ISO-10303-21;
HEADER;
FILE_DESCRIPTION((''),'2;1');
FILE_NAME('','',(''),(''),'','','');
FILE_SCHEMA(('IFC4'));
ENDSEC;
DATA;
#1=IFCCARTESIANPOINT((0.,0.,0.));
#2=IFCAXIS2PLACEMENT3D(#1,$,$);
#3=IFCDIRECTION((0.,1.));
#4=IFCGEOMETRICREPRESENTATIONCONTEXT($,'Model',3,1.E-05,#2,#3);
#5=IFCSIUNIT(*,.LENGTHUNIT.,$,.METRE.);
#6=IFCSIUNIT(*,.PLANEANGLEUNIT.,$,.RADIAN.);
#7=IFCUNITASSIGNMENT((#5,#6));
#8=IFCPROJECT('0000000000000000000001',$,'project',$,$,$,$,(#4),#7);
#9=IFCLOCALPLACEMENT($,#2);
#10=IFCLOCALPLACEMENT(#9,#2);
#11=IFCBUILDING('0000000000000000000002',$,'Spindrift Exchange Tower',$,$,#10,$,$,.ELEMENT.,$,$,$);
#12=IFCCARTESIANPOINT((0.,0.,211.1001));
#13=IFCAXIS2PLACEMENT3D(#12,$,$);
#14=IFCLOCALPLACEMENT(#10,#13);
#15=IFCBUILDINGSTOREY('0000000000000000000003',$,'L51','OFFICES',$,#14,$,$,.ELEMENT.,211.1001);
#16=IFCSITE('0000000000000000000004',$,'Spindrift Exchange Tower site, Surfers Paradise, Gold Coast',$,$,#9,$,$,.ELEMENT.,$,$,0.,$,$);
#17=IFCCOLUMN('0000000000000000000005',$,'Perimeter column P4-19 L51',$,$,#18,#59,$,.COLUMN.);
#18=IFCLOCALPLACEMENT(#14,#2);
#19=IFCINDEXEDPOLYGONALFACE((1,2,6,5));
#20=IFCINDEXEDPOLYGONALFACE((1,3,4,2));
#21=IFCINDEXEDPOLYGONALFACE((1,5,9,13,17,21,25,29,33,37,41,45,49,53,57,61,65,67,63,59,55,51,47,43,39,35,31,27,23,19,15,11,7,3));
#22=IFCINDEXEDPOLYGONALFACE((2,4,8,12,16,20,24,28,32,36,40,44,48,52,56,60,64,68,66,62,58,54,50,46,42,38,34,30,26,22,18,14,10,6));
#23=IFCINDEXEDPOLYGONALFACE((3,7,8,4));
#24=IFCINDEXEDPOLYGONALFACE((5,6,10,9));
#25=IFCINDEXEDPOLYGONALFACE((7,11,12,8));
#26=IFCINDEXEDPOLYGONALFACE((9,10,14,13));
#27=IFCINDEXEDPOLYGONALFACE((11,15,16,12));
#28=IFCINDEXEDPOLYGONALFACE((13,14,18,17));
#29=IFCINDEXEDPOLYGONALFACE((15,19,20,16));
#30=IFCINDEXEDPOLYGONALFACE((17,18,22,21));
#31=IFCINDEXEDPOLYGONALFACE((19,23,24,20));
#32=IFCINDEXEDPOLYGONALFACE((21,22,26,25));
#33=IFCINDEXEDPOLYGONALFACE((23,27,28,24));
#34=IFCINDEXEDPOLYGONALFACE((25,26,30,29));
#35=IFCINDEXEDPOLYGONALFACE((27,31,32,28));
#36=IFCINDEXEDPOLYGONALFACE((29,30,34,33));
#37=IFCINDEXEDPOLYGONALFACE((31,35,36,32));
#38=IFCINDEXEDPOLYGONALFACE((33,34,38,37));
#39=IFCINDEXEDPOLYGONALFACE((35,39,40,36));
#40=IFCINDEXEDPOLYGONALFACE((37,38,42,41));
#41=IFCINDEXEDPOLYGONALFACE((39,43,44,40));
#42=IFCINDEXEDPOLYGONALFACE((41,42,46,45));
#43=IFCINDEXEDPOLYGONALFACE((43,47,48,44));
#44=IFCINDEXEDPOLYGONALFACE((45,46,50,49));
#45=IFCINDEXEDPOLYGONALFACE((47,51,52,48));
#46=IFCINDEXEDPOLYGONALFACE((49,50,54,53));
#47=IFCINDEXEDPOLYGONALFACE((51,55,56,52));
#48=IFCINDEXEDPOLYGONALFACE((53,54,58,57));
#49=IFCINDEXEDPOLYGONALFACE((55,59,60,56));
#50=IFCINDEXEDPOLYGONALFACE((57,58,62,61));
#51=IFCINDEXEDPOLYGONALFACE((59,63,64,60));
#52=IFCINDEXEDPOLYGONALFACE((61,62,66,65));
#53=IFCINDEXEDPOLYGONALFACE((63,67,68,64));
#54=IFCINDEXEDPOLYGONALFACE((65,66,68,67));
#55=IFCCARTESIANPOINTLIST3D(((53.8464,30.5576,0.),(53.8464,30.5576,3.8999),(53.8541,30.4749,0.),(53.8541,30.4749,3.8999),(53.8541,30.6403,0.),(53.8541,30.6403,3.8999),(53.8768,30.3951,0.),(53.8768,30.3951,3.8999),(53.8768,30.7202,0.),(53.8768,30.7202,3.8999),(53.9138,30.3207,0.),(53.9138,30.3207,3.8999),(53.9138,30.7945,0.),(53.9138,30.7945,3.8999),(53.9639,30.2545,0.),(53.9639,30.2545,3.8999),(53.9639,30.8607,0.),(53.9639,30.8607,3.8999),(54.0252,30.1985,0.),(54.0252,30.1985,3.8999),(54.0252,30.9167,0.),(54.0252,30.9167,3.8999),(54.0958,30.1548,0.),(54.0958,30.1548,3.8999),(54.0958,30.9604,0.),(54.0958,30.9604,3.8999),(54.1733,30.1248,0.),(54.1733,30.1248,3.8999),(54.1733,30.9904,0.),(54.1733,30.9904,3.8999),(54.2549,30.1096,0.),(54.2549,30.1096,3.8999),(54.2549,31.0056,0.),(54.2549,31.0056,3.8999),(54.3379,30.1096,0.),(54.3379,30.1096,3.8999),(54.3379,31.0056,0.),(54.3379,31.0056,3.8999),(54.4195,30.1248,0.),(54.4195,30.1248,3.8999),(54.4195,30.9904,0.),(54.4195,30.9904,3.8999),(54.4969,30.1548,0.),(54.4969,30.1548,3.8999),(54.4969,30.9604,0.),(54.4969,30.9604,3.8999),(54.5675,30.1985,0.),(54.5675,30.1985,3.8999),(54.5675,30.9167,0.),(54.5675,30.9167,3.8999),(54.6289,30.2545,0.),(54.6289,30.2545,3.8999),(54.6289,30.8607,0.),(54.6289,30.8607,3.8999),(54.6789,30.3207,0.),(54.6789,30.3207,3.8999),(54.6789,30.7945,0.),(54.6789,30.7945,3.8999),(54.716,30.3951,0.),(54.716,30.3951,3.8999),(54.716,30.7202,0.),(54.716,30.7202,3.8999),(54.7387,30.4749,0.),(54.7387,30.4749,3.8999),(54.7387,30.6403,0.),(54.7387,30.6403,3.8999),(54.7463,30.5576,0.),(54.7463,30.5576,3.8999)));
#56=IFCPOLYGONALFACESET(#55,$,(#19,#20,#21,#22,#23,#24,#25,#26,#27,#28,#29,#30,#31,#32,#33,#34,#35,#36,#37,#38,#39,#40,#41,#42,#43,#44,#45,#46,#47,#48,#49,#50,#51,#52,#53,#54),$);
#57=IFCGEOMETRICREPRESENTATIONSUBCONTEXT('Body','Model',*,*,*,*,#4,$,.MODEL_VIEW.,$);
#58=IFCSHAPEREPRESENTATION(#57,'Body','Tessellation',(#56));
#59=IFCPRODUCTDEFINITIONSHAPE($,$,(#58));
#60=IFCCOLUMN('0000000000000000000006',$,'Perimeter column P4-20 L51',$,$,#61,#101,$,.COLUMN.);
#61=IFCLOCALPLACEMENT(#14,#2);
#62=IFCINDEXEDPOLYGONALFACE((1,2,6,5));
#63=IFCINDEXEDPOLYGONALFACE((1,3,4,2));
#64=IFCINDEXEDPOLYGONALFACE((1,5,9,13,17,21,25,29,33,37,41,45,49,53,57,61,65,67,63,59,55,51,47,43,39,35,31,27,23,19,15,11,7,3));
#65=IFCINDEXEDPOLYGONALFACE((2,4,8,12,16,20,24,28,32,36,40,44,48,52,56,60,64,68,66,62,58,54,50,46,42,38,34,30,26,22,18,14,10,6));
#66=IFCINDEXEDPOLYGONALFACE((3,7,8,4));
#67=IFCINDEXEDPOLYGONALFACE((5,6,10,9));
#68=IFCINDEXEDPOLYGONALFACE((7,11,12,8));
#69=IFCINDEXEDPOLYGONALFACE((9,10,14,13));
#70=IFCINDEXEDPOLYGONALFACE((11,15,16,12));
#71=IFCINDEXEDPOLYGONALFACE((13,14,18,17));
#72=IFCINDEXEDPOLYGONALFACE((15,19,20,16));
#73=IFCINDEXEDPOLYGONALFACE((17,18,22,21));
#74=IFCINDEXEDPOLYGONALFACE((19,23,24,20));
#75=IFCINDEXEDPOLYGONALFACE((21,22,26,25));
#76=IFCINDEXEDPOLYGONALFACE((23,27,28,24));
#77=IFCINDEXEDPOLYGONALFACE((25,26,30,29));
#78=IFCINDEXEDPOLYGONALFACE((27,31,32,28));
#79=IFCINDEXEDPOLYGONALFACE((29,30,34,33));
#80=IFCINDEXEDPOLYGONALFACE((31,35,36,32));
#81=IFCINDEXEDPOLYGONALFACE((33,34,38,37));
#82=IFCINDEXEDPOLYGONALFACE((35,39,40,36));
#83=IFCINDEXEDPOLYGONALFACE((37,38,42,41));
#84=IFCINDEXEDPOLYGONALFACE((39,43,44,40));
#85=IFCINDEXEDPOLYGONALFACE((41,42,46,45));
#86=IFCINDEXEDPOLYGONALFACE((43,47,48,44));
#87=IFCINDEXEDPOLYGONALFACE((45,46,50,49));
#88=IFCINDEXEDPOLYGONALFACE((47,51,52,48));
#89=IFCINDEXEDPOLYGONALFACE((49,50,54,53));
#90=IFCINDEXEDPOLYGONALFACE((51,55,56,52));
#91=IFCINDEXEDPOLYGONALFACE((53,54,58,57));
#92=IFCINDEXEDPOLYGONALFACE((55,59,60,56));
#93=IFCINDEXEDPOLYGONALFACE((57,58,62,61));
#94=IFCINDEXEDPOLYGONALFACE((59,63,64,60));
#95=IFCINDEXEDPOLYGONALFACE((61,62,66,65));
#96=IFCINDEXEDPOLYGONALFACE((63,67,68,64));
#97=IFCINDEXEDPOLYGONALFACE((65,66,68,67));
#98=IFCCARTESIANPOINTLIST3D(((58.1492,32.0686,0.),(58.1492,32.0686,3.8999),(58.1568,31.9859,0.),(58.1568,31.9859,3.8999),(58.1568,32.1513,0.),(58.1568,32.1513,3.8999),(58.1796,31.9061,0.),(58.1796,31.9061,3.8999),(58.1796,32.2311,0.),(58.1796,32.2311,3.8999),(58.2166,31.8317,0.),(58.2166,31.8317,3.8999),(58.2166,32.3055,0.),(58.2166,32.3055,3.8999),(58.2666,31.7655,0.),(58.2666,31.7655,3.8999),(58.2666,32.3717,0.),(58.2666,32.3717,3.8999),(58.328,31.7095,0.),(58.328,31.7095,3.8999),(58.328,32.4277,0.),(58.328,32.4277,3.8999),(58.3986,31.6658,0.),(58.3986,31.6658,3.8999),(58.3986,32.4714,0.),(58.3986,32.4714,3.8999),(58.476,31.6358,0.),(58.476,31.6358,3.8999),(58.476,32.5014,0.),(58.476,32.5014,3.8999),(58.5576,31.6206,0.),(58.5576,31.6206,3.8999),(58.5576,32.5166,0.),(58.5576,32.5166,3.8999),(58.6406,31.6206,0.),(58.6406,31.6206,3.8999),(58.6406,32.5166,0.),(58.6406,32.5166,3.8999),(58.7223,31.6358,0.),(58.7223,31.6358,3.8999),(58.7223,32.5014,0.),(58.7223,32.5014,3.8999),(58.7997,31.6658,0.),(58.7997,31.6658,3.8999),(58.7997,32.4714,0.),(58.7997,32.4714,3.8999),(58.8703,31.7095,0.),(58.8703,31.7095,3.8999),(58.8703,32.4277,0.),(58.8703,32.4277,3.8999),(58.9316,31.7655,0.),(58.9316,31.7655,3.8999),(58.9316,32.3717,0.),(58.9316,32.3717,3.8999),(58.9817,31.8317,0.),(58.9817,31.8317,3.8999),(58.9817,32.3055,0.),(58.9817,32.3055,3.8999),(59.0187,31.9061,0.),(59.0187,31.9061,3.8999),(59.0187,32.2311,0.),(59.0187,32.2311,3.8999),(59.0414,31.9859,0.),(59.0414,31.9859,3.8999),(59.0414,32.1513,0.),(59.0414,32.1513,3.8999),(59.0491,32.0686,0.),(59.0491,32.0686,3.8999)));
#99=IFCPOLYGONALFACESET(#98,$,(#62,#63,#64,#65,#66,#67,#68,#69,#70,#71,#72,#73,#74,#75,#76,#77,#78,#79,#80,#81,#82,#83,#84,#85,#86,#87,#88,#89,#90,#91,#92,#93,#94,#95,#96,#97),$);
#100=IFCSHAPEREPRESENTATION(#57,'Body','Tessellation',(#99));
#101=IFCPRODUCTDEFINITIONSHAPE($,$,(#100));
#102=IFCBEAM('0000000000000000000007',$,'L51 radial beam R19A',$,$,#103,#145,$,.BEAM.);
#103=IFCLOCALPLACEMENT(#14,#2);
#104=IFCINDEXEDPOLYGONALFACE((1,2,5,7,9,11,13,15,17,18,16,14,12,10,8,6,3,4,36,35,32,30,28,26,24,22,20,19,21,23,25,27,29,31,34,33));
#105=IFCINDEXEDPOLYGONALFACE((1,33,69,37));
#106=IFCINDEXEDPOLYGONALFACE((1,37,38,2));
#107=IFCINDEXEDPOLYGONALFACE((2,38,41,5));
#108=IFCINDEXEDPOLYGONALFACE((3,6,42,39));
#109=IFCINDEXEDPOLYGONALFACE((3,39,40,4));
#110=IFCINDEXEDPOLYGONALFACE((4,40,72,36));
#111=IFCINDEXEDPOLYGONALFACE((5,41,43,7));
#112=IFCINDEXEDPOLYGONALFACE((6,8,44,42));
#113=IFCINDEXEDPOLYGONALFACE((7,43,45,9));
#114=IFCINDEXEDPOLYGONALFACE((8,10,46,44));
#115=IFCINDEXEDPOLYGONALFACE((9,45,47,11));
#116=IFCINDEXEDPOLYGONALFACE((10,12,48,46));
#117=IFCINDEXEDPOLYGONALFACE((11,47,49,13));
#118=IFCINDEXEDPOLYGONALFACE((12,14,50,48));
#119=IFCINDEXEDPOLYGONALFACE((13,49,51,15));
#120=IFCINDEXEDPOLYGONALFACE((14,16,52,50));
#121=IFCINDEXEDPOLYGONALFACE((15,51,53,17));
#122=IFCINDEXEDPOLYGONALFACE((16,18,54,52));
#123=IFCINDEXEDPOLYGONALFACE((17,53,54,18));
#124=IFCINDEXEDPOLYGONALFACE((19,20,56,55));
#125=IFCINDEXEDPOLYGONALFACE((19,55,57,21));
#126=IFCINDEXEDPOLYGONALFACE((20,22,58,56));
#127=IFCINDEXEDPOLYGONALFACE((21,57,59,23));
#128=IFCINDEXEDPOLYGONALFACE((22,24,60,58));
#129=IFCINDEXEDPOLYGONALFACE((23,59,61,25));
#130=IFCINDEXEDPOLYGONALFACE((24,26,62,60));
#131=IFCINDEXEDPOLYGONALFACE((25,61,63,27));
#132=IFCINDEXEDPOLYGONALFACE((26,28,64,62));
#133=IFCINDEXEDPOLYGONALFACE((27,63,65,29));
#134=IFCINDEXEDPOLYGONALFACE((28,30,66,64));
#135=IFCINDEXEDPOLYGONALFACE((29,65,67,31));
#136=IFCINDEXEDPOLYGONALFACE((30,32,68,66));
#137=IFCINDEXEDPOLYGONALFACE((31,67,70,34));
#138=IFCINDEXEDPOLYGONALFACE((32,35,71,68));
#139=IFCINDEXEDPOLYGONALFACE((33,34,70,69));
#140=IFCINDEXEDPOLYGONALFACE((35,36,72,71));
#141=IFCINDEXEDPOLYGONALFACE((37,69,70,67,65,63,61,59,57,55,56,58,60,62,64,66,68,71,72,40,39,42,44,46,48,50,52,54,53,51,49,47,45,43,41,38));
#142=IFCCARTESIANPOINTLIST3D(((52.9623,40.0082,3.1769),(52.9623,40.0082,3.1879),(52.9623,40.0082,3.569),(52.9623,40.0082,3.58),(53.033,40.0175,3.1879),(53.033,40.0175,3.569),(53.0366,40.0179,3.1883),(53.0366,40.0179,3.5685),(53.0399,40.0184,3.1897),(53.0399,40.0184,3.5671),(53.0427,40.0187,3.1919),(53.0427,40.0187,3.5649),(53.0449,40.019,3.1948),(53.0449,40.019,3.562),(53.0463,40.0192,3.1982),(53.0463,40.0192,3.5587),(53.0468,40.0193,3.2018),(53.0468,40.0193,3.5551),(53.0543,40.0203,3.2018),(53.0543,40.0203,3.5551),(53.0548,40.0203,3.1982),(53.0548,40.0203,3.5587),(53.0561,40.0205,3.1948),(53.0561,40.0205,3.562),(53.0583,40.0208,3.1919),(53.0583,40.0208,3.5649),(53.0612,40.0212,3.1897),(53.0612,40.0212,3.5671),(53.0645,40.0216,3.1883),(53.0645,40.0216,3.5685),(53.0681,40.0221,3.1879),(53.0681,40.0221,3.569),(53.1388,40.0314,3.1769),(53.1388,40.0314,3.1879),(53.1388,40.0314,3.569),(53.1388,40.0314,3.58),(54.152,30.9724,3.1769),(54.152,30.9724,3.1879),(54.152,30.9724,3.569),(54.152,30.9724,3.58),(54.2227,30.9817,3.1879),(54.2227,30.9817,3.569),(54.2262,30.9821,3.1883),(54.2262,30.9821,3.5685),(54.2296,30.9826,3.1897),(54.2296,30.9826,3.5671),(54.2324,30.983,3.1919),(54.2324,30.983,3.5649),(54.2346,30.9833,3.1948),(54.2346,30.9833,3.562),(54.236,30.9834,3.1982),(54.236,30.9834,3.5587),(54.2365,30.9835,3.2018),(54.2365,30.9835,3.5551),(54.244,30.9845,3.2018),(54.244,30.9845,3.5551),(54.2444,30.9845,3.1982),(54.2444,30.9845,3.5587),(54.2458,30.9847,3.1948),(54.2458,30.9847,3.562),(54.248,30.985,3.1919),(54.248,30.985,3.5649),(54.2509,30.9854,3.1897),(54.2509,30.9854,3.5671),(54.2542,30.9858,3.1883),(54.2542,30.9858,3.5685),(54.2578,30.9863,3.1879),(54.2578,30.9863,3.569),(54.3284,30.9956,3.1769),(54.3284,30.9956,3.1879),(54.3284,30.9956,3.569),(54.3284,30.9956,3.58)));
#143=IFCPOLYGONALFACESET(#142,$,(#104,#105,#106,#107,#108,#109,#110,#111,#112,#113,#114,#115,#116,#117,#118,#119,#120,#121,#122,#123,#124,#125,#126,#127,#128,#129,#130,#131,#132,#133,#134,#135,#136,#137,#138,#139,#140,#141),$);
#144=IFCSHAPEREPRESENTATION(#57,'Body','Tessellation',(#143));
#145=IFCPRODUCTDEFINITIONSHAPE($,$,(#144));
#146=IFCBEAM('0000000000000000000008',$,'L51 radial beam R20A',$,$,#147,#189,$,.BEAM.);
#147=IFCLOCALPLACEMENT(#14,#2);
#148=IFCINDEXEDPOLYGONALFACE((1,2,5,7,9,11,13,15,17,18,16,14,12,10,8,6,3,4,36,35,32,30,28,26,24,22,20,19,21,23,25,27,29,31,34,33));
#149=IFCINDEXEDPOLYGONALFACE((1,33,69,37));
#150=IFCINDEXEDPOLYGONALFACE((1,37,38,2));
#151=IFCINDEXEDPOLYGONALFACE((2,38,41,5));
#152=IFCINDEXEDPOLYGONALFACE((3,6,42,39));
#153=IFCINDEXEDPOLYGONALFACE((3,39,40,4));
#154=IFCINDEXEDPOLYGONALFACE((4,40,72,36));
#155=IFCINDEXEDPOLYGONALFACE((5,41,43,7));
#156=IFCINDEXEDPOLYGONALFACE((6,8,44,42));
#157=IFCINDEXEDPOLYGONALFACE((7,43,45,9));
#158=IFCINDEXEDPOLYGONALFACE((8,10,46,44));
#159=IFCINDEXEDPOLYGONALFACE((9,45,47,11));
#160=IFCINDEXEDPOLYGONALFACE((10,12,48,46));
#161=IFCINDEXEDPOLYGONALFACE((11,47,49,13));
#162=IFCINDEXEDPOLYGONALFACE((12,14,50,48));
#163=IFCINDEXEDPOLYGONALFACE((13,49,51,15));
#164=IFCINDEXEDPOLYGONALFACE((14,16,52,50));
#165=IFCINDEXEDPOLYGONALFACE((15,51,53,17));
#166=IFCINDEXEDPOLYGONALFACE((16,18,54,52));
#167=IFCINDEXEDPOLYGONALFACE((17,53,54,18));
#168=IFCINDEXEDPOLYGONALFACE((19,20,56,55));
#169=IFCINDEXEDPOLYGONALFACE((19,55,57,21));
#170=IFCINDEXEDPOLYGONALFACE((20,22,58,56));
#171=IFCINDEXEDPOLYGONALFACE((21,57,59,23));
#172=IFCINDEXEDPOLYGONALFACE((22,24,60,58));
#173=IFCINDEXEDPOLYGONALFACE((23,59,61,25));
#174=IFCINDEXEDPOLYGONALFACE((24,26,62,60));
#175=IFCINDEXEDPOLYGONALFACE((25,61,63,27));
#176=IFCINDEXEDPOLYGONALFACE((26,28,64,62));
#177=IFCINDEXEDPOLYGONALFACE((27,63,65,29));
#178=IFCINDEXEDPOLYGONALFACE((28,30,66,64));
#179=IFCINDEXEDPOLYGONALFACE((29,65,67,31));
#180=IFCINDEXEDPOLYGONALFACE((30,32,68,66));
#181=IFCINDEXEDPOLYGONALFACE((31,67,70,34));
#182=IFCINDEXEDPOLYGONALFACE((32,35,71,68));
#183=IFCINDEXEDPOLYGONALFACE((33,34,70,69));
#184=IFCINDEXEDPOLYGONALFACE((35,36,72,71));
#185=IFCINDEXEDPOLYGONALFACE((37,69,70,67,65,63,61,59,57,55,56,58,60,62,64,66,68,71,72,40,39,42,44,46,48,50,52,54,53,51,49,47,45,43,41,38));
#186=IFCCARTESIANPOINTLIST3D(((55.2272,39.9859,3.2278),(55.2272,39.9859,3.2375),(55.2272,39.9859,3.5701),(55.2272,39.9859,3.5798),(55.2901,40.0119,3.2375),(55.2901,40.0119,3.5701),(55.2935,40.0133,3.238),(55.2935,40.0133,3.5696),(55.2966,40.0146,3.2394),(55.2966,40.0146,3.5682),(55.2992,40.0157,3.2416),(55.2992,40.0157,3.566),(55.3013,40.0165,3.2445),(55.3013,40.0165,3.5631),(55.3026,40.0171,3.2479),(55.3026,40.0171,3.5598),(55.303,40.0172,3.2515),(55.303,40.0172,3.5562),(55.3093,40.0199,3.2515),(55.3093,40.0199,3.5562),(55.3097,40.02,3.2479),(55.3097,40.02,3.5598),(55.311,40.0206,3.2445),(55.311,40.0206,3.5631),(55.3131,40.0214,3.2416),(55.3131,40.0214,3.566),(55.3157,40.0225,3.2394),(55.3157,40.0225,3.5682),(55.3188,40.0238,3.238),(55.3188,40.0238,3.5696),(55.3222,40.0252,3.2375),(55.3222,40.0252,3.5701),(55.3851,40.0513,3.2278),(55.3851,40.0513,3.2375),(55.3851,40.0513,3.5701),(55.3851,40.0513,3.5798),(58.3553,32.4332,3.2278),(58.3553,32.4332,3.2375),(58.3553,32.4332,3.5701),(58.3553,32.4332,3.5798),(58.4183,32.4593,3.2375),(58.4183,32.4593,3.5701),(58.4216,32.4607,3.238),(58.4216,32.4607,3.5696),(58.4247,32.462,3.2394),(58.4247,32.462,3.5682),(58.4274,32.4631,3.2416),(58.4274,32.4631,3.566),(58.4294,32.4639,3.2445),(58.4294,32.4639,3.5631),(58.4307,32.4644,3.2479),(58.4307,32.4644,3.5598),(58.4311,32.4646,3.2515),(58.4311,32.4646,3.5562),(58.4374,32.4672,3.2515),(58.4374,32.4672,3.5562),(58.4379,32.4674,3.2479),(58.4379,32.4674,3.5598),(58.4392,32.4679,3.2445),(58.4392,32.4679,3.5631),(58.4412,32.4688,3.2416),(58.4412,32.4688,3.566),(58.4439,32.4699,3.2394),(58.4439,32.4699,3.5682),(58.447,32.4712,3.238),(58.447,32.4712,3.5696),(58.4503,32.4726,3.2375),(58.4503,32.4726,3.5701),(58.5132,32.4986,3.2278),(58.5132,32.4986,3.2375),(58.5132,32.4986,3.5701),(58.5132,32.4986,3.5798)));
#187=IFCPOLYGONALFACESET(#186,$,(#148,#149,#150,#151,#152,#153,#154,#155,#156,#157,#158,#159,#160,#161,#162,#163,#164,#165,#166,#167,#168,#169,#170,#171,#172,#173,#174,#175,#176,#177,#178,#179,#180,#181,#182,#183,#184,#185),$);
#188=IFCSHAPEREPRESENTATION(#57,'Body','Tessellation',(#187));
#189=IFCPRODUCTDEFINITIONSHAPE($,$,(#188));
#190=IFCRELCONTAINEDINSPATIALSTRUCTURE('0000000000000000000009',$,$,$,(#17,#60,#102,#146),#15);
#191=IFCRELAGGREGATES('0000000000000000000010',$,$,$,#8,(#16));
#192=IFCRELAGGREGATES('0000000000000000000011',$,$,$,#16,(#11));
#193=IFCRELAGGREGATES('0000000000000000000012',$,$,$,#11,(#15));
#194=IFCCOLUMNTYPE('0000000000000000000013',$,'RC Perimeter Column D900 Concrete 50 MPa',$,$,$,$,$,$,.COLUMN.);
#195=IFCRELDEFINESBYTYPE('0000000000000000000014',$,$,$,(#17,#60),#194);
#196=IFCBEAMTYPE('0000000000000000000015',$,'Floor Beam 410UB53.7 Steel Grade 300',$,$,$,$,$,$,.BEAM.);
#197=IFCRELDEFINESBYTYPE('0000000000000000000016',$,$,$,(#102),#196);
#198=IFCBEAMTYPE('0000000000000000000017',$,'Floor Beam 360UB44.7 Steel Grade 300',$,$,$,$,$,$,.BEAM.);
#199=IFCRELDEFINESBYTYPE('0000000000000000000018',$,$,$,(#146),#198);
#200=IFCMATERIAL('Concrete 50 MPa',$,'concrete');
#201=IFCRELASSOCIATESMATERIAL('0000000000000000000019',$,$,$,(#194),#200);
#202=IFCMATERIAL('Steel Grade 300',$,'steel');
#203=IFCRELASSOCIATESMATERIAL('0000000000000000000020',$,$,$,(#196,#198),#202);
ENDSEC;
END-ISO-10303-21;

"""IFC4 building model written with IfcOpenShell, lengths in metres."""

from ifc_helpers import new_model, si_unit, direction, frame, origin, origin_2d, place, context, subcontext, project, spatial, circle, i_section, extrude, source, transform, mapped, material, material_profile, profile_set, type_object, element, save


model = new_model("IFC4")

# Units and contexts
model_context = context("Model", 3, precision=1e-05, world=origin(), true_north=direction((0.0, 1.0)))
body_context = subcontext(model_context, "Body", "Model", "MODEL_VIEW")
ifc_project = project(units=[si_unit("LENGTHUNIT", "METRE"), si_unit("PLANEANGLEUNIT", "RADIAN")], contexts=[model_context])

# Site, building, storey
site_placement = place(None, origin())
site = spatial("IfcSite", under=ifc_project, at=site_placement, Name="Spindrift Exchange Tower site, Surfers Paradise, Gold Coast", CompositionType="ELEMENT", RefElevation=0.0)
building_placement = place(site_placement, origin())
building = spatial("IfcBuilding", under=site, at=building_placement, Name="Spindrift Exchange Tower", CompositionType="ELEMENT")
storey_placement = place(building_placement, frame((0.0, 0.0, 211.1001)))
storey = spatial("IfcBuildingStorey", under=building, at=storey_placement, Name="L51", Description="OFFICES", CompositionType="ELEMENT", Elevation=211.1001)

# Columns
ifc_material_1 = material(Name="Concrete 50 MPa", Category="concrete")
ifc_material_profile_1 = material_profile(ifc_material_1, circle(Radius=0.45, at=origin_2d()), Name="RC D900")
ifc_profile_set_1 = profile_set([ifc_material_profile_1], Name="Concrete 50 MPa")
column_type = type_object("IfcColumnType", Name="RC Perimeter Column D900 Concrete 50 MPa", PredefinedType="COLUMN", material=ifc_profile_set_1)
shared_shape_1 = source(origin(), body_context, "Body", "SweptSolid", [
    extrude(circle(Radius=0.45, at=origin_2d()), origin(), (0.0, 0.0, 1.0), 3.8999),
])
for number, where, z_axis, x_axis, name in (
    (1, (54.2964, 30.5576, 0.0), (0.0, 0.0, 1.0), (1.0, 0.0, 0.0), "Perimeter column P4-19 L51"),
    (2, (58.5991, 32.0686, 0.0), (0.0, 0.0, 1.0), (1.0, 0.0, 0.0), "Perimeter column P4-20 L51"),
):
    element("IfcColumn", number, at=place(storey_placement, frame(where, z_axis=z_axis, x_axis=x_axis)), inside=storey, type_object=column_type, Name=name, PredefinedType="COLUMN", context=body_context, shape_type="MappedRepresentation", body=[
        mapped(shared_shape_1, transform((0.0, 0.0, 0.0), scale=1.0)),
    ])

# Beams
ifc_material_2 = material(Name="Steel Grade 300", Category="steel")
ifc_material_profile_2 = material_profile(ifc_material_2, i_section(OverallWidth=0.178, OverallDepth=0.4031, WebThickness=0.0076, FlangeThickness=0.011, FilletRadius=0.0139, at=origin_2d()), Name="410UB53.7")
ifc_profile_set_2 = profile_set([ifc_material_profile_2], Name="Steel Grade 300")
beam_type_1 = type_object("IfcBeamType", Name="Floor Beam 410UB53.7 Steel Grade 300", PredefinedType="BEAM", material=ifc_profile_set_2)
shared_shape_2 = source(origin(), body_context, "Body", "SweptSolid", [
    extrude(i_section(OverallWidth=0.178, OverallDepth=0.4031, WebThickness=0.0076, FlangeThickness=0.011, FilletRadius=0.0139, at=origin_2d()), origin(), (0.0, 0.0, 1.0), 9.1138),
])
beam_1_placement = place(storey_placement, frame((53.0505, 40.0198, 3.3784), z_axis=(0.130537, -0.991443, 0.0), x_axis=(0.991443, 0.130537, 0.0)))
element("IfcBeam", 3, at=beam_1_placement, inside=storey, type_object=beam_type_1, Name="L51 radial beam R19A", PredefinedType="BEAM", context=body_context, shape_type="MappedRepresentation", body=[
    mapped(shared_shape_2, transform((0.0, 0.0, 0.0), scale=1.0)),
])
ifc_material_profile_3 = material_profile(ifc_material_2, i_section(OverallWidth=0.1709, OverallDepth=0.3521, WebThickness=0.0068, FlangeThickness=0.0098, FilletRadius=0.0139, at=origin_2d()), Name="360UB44.7")
ifc_profile_set_3 = profile_set([ifc_material_profile_3], Name="Steel Grade 300")
beam_type_2 = type_object("IfcBeamType", Name="Floor Beam 360UB44.7 Steel Grade 300", PredefinedType="BEAM", material=ifc_profile_set_3)
shared_shape_3 = source(origin(), body_context, "Body", "SweptSolid", [
    extrude(i_section(OverallWidth=0.1709, OverallDepth=0.3521, WebThickness=0.0068, FlangeThickness=0.0098, FilletRadius=0.0139, at=origin_2d()), origin(), (0.0, 0.0, 1.0), 8.1748),
])
beam_2_placement = place(storey_placement, frame((55.3062, 40.0186, 3.4038), z_axis=(0.382655, -0.923891, 0.0), x_axis=(0.923891, 0.382655, 0.0)))
element("IfcBeam", 4, at=beam_2_placement, inside=storey, type_object=beam_type_2, Name="L51 radial beam R20A", PredefinedType="BEAM", context=body_context, shape_type="MappedRepresentation", body=[
    mapped(shared_shape_3, transform((0.0, 0.0, 0.0), scale=1.0)),
])

save(model, "model.ifc")
